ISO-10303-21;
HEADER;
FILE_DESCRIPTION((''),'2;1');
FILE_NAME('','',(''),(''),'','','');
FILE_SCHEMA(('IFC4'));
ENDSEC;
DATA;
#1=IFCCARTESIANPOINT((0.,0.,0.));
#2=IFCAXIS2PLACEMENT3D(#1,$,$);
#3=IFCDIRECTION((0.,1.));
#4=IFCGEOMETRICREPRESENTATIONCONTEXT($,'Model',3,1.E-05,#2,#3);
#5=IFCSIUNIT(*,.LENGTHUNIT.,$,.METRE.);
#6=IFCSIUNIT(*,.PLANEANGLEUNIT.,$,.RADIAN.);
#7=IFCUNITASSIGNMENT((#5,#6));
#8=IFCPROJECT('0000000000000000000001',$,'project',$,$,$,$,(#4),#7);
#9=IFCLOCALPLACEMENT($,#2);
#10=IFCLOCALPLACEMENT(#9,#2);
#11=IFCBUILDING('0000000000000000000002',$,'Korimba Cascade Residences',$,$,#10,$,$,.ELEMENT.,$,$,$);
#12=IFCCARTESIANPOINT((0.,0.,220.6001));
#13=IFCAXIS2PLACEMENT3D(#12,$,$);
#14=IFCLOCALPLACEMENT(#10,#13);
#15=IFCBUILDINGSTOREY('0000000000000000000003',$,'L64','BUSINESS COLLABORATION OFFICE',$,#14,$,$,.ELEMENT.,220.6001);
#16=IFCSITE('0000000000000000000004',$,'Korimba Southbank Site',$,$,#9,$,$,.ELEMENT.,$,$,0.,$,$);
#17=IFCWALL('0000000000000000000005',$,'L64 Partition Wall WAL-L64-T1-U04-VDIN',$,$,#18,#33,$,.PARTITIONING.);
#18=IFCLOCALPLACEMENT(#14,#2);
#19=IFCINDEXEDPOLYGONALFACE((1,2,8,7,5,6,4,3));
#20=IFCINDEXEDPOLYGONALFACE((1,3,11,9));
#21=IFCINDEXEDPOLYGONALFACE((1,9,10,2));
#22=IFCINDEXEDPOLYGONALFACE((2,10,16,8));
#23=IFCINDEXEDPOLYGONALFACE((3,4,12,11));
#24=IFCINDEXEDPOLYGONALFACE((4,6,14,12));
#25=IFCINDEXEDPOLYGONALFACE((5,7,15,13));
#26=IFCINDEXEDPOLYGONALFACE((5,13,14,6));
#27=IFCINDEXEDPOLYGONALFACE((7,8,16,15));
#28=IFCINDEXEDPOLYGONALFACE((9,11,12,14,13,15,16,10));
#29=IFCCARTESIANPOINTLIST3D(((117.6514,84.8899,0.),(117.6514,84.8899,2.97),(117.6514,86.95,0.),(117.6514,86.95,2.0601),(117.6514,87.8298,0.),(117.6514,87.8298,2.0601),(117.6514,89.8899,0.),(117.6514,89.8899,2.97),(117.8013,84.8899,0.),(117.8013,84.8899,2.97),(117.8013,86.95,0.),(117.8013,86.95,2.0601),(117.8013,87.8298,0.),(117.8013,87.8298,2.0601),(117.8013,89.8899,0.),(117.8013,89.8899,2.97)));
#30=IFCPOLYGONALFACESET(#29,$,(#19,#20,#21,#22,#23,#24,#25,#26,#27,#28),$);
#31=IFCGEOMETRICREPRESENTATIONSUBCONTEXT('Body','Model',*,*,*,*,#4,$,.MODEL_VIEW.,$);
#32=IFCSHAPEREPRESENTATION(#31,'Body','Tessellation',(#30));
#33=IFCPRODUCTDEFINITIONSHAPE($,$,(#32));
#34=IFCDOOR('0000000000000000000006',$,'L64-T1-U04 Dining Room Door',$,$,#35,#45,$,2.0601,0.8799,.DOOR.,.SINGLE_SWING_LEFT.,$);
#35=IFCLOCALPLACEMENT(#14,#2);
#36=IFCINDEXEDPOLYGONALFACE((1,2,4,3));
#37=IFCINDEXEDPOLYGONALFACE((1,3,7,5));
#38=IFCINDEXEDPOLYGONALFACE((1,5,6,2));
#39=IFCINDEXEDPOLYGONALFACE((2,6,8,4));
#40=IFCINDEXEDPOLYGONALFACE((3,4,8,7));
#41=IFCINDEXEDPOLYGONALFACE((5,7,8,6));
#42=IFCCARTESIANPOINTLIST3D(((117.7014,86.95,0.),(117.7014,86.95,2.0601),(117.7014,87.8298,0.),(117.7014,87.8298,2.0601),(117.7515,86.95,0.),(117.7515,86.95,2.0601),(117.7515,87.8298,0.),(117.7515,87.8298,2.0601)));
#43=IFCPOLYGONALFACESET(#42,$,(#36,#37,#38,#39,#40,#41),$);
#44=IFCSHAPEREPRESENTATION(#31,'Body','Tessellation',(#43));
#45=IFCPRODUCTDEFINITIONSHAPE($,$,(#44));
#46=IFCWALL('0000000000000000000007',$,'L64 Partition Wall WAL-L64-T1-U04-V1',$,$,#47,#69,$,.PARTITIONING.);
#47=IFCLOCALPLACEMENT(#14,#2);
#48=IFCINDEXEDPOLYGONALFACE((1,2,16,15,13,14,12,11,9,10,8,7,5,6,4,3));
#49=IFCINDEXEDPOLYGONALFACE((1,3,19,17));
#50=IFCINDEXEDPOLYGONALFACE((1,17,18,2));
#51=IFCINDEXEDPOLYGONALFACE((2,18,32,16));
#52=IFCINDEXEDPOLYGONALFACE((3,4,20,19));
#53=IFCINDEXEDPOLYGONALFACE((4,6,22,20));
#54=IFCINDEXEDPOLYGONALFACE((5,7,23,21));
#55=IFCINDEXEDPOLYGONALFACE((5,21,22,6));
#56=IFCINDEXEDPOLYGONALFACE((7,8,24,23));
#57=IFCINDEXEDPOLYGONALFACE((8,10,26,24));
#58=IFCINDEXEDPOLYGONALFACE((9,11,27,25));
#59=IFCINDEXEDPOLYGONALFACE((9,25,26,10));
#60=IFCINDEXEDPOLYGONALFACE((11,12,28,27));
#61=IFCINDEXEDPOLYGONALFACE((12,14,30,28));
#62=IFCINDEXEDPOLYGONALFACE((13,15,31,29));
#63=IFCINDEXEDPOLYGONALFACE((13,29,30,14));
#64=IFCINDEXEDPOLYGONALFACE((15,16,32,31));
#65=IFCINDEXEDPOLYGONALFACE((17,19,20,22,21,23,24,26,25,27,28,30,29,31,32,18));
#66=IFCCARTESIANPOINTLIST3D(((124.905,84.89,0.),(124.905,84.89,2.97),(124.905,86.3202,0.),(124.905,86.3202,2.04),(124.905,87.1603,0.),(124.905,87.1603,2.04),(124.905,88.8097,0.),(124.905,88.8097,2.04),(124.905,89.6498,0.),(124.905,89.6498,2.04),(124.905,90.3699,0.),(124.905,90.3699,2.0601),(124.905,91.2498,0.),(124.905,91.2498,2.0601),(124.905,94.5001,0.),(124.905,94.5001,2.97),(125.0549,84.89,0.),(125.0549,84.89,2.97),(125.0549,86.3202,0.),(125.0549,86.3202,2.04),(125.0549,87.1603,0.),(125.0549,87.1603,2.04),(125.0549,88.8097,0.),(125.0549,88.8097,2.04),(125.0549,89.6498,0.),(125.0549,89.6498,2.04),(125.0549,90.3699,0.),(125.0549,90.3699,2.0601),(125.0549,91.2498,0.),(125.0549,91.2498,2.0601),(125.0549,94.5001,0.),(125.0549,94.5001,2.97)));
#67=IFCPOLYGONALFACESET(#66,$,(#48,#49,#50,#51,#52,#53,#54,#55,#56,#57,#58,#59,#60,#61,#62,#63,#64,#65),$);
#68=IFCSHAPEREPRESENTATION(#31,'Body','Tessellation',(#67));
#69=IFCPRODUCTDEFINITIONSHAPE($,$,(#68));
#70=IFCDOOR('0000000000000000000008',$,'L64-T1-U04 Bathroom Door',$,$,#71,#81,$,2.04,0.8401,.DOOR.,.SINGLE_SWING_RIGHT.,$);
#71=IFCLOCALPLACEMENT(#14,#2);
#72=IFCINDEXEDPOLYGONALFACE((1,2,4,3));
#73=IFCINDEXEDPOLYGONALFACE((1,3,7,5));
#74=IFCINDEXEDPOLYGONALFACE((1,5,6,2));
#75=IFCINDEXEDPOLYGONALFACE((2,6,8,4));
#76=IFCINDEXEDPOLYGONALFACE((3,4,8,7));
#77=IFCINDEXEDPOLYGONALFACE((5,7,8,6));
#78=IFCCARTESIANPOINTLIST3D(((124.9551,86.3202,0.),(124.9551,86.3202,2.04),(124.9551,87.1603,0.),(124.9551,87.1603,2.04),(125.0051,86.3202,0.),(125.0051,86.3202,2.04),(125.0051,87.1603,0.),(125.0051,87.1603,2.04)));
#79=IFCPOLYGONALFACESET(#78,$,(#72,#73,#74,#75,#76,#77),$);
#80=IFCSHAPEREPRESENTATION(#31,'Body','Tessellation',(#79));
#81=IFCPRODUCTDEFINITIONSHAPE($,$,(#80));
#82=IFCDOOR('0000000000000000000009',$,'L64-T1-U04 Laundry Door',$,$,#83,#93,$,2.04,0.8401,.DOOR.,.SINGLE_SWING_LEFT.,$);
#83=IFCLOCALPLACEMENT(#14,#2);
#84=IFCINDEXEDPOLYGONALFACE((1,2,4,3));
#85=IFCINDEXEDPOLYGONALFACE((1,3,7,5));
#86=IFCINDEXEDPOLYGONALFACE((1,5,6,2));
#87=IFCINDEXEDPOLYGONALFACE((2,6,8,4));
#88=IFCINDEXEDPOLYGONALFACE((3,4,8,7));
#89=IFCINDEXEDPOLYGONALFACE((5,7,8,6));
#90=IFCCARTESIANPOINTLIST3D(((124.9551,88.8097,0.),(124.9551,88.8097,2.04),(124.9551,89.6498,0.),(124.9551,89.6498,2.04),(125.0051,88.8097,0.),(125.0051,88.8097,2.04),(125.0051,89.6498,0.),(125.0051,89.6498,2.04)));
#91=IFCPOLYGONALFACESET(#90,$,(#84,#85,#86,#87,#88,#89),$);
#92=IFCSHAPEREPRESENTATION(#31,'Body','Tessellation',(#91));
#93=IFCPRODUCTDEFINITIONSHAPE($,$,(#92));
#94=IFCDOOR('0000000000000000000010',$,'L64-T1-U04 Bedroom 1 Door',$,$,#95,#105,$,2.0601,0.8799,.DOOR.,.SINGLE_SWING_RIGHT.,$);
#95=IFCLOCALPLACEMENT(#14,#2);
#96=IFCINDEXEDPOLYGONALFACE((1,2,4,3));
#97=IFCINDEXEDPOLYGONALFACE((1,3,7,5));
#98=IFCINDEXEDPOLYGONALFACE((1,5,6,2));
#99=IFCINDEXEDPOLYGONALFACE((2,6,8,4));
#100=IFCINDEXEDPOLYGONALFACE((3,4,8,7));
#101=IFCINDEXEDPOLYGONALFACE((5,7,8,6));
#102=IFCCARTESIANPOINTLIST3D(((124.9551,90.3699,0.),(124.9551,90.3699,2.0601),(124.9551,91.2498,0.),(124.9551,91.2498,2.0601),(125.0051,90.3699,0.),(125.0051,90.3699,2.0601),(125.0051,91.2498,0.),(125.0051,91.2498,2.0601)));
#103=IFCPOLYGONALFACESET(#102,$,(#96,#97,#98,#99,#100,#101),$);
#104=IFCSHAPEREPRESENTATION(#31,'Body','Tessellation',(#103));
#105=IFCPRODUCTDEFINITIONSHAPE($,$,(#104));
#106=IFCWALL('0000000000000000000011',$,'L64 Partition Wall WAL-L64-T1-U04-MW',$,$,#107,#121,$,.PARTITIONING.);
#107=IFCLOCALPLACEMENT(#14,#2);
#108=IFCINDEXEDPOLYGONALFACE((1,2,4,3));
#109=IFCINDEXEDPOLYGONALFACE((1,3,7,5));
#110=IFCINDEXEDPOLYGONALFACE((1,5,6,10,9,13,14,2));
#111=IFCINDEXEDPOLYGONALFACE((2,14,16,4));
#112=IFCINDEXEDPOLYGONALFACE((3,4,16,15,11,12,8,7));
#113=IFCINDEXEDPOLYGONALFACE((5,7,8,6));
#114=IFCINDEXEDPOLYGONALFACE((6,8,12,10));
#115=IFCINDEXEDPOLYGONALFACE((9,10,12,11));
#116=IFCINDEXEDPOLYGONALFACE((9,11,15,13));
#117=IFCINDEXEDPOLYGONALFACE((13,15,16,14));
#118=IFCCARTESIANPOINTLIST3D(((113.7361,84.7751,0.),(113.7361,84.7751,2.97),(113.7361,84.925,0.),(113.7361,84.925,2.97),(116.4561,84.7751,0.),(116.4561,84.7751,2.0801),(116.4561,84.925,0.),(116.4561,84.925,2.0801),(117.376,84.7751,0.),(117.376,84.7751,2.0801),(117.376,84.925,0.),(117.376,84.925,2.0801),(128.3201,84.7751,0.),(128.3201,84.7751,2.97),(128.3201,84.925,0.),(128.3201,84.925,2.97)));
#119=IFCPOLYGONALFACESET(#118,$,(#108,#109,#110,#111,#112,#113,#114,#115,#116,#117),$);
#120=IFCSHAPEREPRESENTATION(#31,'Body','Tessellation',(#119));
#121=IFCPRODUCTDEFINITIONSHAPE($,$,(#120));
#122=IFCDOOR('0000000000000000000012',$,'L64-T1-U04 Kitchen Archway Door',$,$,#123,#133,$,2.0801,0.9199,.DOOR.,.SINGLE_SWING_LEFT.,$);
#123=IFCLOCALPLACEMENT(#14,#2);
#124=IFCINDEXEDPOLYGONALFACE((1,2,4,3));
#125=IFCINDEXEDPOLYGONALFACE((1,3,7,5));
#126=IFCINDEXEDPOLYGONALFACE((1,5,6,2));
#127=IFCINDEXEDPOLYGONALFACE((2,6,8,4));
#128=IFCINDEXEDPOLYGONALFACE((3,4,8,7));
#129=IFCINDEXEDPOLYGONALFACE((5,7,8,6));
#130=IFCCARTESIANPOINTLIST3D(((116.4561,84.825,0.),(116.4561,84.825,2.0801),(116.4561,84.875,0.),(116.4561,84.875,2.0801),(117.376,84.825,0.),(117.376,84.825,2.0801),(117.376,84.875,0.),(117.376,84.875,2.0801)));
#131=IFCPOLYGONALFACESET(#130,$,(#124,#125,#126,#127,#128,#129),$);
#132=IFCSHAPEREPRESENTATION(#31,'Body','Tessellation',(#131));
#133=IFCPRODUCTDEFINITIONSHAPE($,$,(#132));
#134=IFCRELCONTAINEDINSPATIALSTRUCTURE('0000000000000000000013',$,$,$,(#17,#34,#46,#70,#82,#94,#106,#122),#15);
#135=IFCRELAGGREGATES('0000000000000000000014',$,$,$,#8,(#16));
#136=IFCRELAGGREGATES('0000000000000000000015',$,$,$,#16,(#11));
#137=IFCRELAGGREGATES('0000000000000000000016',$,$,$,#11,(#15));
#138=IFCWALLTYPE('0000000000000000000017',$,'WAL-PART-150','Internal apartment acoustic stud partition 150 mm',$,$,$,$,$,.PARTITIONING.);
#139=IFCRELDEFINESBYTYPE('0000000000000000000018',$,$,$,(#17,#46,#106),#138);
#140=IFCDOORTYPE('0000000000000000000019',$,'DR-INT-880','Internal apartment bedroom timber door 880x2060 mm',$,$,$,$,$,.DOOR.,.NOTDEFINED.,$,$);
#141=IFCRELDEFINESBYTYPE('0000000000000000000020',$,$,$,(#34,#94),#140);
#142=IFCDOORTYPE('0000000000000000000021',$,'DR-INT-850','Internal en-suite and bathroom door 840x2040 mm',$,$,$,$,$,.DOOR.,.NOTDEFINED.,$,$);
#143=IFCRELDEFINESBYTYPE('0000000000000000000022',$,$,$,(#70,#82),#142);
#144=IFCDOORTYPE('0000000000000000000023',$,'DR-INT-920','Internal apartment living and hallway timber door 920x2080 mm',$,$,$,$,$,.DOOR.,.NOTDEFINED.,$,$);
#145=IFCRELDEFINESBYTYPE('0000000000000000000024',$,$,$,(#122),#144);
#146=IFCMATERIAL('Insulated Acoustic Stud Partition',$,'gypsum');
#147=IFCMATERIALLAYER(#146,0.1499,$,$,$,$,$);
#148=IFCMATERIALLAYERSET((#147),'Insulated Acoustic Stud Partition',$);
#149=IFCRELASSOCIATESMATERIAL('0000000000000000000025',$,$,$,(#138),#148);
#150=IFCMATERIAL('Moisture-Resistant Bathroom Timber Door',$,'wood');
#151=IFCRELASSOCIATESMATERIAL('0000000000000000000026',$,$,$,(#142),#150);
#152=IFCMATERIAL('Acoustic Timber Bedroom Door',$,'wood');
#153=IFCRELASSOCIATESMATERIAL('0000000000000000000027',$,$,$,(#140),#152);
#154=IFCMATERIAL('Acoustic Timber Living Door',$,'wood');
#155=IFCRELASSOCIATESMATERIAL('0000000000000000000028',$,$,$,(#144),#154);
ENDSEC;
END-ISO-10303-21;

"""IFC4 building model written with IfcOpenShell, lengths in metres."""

from ifc_helpers import new_model, si_unit, direction, frame, frame_2d, origin, place, context, subcontext, project, spatial, rectangle, extrude, material, layer, layer_set, type_object, element, fill, save


model = new_model("IFC4")

# Units and contexts
model_context = context("Model", 3, precision=1e-05, world=origin(), true_north=direction((0.0, 1.0)))
body_context = subcontext(model_context, "Body", "Model", "MODEL_VIEW")
ifc_project = project(units=[si_unit("LENGTHUNIT", "METRE"), si_unit("PLANEANGLEUNIT", "RADIAN")], contexts=[model_context])

# Site, building, storey
site_placement = place(None, origin())
site = spatial("IfcSite", under=ifc_project, at=site_placement, Name="Korimba Southbank Site", CompositionType="ELEMENT", RefElevation=0.0)
building_placement = place(site_placement, origin())
building = spatial("IfcBuilding", under=site, at=building_placement, Name="Korimba Cascade Residences", CompositionType="ELEMENT")
storey_placement = place(building_placement, frame((0.0, 0.0, 220.6001)))
storey = spatial("IfcBuildingStorey", under=building, at=storey_placement, Name="L64", Description="BUSINESS COLLABORATION OFFICE", CompositionType="ELEMENT", Elevation=220.6001)

# Wall, opening, door
ifc_material_1 = material(Name="Insulated Acoustic Stud Partition", Category="gypsum")
ifc_layer_1 = layer(ifc_material_1, 0.1499)
ifc_layer_set_1 = layer_set([ifc_layer_1], Name="Insulated Acoustic Stud Partition")
wall_type_1 = type_object("IfcWallType", Name="WAL-PART-150", Description="Internal apartment acoustic stud partition 150 mm", PredefinedType="PARTITIONING", material=ifc_layer_set_1)
ifc_material_2 = material(Name="Moisture-Resistant Bathroom Timber Door", Category="wood")
door_type_1 = type_object("IfcDoorType", Name="DR-INT-850", Description="Internal en-suite and bathroom door 840x2040 mm", OperationType="NOTDEFINED", PredefinedType="DOOR", material=ifc_material_2)
ifc_material_3 = material(Name="Acoustic Timber Bedroom Door", Category="wood")
door_type_2 = type_object("IfcDoorType", Name="DR-INT-880", Description="Internal apartment bedroom timber door 880x2060 mm", OperationType="NOTDEFINED", PredefinedType="DOOR", material=ifc_material_3)
wall_1_placement = place(storey_placement, frame((117.7263, 84.8899, 0.0), z_axis=(0.0, 0.0, 1.0), x_axis=(0.0, 1.0, 0.0)))
wall_1 = element("IfcWall", 1, at=wall_1_placement, inside=storey, type_object=wall_type_1, Name="L64 Partition Wall WAL-L64-T1-U04-VDIN", PredefinedType="PARTITIONING", context=body_context, shape_type="SweptSolid", body=[
    extrude(rectangle(XDim=5.0, YDim=0.1499, at=frame_2d((2.5, 0.0))), origin(), (0.0, 0.0, 1.0), 2.97),
])
opening_1_placement = place(wall_1_placement, frame((2.0601, 0.0, 0.0)))
opening_1 = element("IfcOpeningElement", 2, at=opening_1_placement, cuts=wall_1, PredefinedType="OPENING", context=body_context, shape_type="SweptSolid", body=[
    extrude(rectangle(XDim=0.8799, YDim=2.0601, at=frame_2d((0.4399, 1.03))), frame((0.0, 0.085, 0.0), z_axis=(0.0, -1.0, 0.0), x_axis=(1.0, 0.0, 0.0)), (0.0, 0.0, 1.0), 0.1699),
])
door_1_placement = place(opening_1_placement, origin())
door_1 = element("IfcDoor", 3, at=door_1_placement, inside=storey, type_object=door_type_2, Name="L64-T1-U04 Dining Room Door", OperationType="SINGLE_SWING_LEFT", OverallHeight=2.0601, OverallWidth=0.8799, PredefinedType="DOOR", context=body_context, shape_type="SweptSolid", body=[
    extrude(rectangle(XDim=0.8799, YDim=2.0601, at=frame_2d((0.4399, 1.03))), frame((0.0, 0.0249, 0.0), z_axis=(0.0, -1.0, 0.0), x_axis=(1.0, 0.0, 0.0)), (0.0, 0.0, 1.0), 0.05),
])
fill(opening_1, door_1)

# Wall, openings, doors
wall_2_placement = place(storey_placement, frame((124.98, 84.8899, 0.0), z_axis=(0.0, 0.0, 1.0), x_axis=(0.0, 1.0, 0.0)))
wall_2 = element("IfcWall", 4, at=wall_2_placement, inside=storey, type_object=wall_type_1, Name="L64 Partition Wall WAL-L64-T1-U04-V1", PredefinedType="PARTITIONING", context=body_context, shape_type="SweptSolid", body=[
    extrude(rectangle(XDim=9.6101, YDim=0.1499, at=frame_2d((4.8052, 0.0))), origin(), (0.0, 0.0, 1.0), 2.97),
])
opening_2_placement = place(wall_2_placement, frame((1.4304, 0.0, 0.0)))
opening_2 = element("IfcOpeningElement", 5, at=opening_2_placement, cuts=wall_2, PredefinedType="OPENING", context=body_context, shape_type="SweptSolid", body=[
    extrude(rectangle(XDim=0.8401, YDim=2.04, at=frame_2d((0.4199, 1.02))), frame((0.0, 0.085, 0.0), z_axis=(0.0, -1.0, 0.0), x_axis=(1.0, 0.0, 0.0)), (0.0, 0.0, 1.0), 0.1699),
])
opening_3_placement = place(wall_2_placement, frame((3.9199, 0.0, 0.0)))
opening_3 = element("IfcOpeningElement", 6, at=opening_3_placement, cuts=wall_2, PredefinedType="OPENING", context=body_context, shape_type="SweptSolid", body=[
    extrude(rectangle(XDim=0.8401, YDim=2.04, at=frame_2d((0.4199, 1.02))), frame((0.0, 0.085, 0.0), z_axis=(0.0, -1.0, 0.0), x_axis=(1.0, 0.0, 0.0)), (0.0, 0.0, 1.0), 0.1699),
])
opening_4_placement = place(wall_2_placement, frame((5.48, 0.0, 0.0)))
opening_4 = element("IfcOpeningElement", 7, at=opening_4_placement, cuts=wall_2, PredefinedType="OPENING", context=body_context, shape_type="SweptSolid", body=[
    extrude(rectangle(XDim=0.8799, YDim=2.0601, at=frame_2d((0.4399, 1.03))), frame((0.0, 0.085, 0.0), z_axis=(0.0, -1.0, 0.0), x_axis=(1.0, 0.0, 0.0)), (0.0, 0.0, 1.0), 0.1699),
])
door_2_placement = place(opening_2_placement, origin())
door_2 = element("IfcDoor", 8, at=door_2_placement, inside=storey, type_object=door_type_1, Name="L64-T1-U04 Bathroom Door", OperationType="SINGLE_SWING_RIGHT", OverallHeight=2.04, OverallWidth=0.8401, PredefinedType="DOOR", context=body_context, shape_type="SweptSolid", body=[
    extrude(rectangle(XDim=0.8401, YDim=2.04, at=frame_2d((0.4199, 1.02))), frame((0.0, 0.0249, 0.0), z_axis=(0.0, -1.0, 0.0), x_axis=(1.0, 0.0, 0.0)), (0.0, 0.0, 1.0), 0.05),
])
fill(opening_2, door_2)
door_3_placement = place(opening_3_placement, origin())
door_3 = element("IfcDoor", 9, at=door_3_placement, inside=storey, type_object=door_type_1, Name="L64-T1-U04 Laundry Door", OperationType="SINGLE_SWING_LEFT", OverallHeight=2.04, OverallWidth=0.8401, PredefinedType="DOOR", context=body_context, shape_type="SweptSolid", body=[
    extrude(rectangle(XDim=0.8401, YDim=2.04, at=frame_2d((0.4199, 1.02))), frame((0.0, 0.0249, 0.0), z_axis=(0.0, -1.0, 0.0), x_axis=(1.0, 0.0, 0.0)), (0.0, 0.0, 1.0), 0.05),
])
fill(opening_3, door_3)
door_4_placement = place(opening_4_placement, origin())
door_4 = element("IfcDoor", 10, at=door_4_placement, inside=storey, type_object=door_type_2, Name="L64-T1-U04 Bedroom 1 Door", OperationType="SINGLE_SWING_RIGHT", OverallHeight=2.0601, OverallWidth=0.8799, PredefinedType="DOOR", context=body_context, shape_type="SweptSolid", body=[
    extrude(rectangle(XDim=0.8799, YDim=2.0601, at=frame_2d((0.4399, 1.03))), frame((0.0, 0.0249, 0.0), z_axis=(0.0, -1.0, 0.0), x_axis=(1.0, 0.0, 0.0)), (0.0, 0.0, 1.0), 0.05),
])
fill(opening_4, door_4)

# Wall, opening, door
wall_3_placement = place(storey_placement, frame((113.7361, 84.8501, 0.0), z_axis=(0.0, 0.0, 1.0), x_axis=(1.0, 0.0, 0.0)))
wall_3 = element("IfcWall", 11, at=wall_3_placement, inside=storey, type_object=wall_type_1, Name="L64 Partition Wall WAL-L64-T1-U04-MW", PredefinedType="PARTITIONING", context=body_context, shape_type="SweptSolid", body=[
    extrude(rectangle(XDim=14.584, YDim=0.1499, at=frame_2d((7.292, 0.0))), origin(), (0.0, 0.0, 1.0), 2.97),
])
opening_5_placement = place(wall_3_placement, frame((2.72, 0.0, 0.0)))
opening_5 = element("IfcOpeningElement", 12, at=opening_5_placement, cuts=wall_3, PredefinedType="OPENING", context=body_context, shape_type="SweptSolid", body=[
    extrude(rectangle(XDim=0.9199, YDim=2.0801, at=frame_2d((0.46, 1.04))), frame((0.0, 0.085, 0.0), z_axis=(0.0, -1.0, 0.0), x_axis=(1.0, 0.0, 0.0)), (0.0, 0.0, 1.0), 0.1699),
])
ifc_material_4 = material(Name="Acoustic Timber Living Door", Category="wood")
door_type_3 = type_object("IfcDoorType", Name="DR-INT-920", Description="Internal apartment living and hallway timber door 920x2080 mm", OperationType="NOTDEFINED", PredefinedType="DOOR", material=ifc_material_4)
door_5_placement = place(opening_5_placement, origin())
door_5 = element("IfcDoor", 13, at=door_5_placement, inside=storey, type_object=door_type_3, Name="L64-T1-U04 Kitchen Archway Door", OperationType="SINGLE_SWING_LEFT", OverallHeight=2.0801, OverallWidth=0.9199, PredefinedType="DOOR", context=body_context, shape_type="SweptSolid", body=[
    extrude(rectangle(XDim=0.9199, YDim=2.0801, at=frame_2d((0.46, 1.04))), frame((0.0, 0.0249, 0.0), z_axis=(0.0, -1.0, 0.0), x_axis=(1.0, 0.0, 0.0)), (0.0, 0.0, 1.0), 0.05),
])
fill(opening_5, door_5)

save(model, "model.ifc")
